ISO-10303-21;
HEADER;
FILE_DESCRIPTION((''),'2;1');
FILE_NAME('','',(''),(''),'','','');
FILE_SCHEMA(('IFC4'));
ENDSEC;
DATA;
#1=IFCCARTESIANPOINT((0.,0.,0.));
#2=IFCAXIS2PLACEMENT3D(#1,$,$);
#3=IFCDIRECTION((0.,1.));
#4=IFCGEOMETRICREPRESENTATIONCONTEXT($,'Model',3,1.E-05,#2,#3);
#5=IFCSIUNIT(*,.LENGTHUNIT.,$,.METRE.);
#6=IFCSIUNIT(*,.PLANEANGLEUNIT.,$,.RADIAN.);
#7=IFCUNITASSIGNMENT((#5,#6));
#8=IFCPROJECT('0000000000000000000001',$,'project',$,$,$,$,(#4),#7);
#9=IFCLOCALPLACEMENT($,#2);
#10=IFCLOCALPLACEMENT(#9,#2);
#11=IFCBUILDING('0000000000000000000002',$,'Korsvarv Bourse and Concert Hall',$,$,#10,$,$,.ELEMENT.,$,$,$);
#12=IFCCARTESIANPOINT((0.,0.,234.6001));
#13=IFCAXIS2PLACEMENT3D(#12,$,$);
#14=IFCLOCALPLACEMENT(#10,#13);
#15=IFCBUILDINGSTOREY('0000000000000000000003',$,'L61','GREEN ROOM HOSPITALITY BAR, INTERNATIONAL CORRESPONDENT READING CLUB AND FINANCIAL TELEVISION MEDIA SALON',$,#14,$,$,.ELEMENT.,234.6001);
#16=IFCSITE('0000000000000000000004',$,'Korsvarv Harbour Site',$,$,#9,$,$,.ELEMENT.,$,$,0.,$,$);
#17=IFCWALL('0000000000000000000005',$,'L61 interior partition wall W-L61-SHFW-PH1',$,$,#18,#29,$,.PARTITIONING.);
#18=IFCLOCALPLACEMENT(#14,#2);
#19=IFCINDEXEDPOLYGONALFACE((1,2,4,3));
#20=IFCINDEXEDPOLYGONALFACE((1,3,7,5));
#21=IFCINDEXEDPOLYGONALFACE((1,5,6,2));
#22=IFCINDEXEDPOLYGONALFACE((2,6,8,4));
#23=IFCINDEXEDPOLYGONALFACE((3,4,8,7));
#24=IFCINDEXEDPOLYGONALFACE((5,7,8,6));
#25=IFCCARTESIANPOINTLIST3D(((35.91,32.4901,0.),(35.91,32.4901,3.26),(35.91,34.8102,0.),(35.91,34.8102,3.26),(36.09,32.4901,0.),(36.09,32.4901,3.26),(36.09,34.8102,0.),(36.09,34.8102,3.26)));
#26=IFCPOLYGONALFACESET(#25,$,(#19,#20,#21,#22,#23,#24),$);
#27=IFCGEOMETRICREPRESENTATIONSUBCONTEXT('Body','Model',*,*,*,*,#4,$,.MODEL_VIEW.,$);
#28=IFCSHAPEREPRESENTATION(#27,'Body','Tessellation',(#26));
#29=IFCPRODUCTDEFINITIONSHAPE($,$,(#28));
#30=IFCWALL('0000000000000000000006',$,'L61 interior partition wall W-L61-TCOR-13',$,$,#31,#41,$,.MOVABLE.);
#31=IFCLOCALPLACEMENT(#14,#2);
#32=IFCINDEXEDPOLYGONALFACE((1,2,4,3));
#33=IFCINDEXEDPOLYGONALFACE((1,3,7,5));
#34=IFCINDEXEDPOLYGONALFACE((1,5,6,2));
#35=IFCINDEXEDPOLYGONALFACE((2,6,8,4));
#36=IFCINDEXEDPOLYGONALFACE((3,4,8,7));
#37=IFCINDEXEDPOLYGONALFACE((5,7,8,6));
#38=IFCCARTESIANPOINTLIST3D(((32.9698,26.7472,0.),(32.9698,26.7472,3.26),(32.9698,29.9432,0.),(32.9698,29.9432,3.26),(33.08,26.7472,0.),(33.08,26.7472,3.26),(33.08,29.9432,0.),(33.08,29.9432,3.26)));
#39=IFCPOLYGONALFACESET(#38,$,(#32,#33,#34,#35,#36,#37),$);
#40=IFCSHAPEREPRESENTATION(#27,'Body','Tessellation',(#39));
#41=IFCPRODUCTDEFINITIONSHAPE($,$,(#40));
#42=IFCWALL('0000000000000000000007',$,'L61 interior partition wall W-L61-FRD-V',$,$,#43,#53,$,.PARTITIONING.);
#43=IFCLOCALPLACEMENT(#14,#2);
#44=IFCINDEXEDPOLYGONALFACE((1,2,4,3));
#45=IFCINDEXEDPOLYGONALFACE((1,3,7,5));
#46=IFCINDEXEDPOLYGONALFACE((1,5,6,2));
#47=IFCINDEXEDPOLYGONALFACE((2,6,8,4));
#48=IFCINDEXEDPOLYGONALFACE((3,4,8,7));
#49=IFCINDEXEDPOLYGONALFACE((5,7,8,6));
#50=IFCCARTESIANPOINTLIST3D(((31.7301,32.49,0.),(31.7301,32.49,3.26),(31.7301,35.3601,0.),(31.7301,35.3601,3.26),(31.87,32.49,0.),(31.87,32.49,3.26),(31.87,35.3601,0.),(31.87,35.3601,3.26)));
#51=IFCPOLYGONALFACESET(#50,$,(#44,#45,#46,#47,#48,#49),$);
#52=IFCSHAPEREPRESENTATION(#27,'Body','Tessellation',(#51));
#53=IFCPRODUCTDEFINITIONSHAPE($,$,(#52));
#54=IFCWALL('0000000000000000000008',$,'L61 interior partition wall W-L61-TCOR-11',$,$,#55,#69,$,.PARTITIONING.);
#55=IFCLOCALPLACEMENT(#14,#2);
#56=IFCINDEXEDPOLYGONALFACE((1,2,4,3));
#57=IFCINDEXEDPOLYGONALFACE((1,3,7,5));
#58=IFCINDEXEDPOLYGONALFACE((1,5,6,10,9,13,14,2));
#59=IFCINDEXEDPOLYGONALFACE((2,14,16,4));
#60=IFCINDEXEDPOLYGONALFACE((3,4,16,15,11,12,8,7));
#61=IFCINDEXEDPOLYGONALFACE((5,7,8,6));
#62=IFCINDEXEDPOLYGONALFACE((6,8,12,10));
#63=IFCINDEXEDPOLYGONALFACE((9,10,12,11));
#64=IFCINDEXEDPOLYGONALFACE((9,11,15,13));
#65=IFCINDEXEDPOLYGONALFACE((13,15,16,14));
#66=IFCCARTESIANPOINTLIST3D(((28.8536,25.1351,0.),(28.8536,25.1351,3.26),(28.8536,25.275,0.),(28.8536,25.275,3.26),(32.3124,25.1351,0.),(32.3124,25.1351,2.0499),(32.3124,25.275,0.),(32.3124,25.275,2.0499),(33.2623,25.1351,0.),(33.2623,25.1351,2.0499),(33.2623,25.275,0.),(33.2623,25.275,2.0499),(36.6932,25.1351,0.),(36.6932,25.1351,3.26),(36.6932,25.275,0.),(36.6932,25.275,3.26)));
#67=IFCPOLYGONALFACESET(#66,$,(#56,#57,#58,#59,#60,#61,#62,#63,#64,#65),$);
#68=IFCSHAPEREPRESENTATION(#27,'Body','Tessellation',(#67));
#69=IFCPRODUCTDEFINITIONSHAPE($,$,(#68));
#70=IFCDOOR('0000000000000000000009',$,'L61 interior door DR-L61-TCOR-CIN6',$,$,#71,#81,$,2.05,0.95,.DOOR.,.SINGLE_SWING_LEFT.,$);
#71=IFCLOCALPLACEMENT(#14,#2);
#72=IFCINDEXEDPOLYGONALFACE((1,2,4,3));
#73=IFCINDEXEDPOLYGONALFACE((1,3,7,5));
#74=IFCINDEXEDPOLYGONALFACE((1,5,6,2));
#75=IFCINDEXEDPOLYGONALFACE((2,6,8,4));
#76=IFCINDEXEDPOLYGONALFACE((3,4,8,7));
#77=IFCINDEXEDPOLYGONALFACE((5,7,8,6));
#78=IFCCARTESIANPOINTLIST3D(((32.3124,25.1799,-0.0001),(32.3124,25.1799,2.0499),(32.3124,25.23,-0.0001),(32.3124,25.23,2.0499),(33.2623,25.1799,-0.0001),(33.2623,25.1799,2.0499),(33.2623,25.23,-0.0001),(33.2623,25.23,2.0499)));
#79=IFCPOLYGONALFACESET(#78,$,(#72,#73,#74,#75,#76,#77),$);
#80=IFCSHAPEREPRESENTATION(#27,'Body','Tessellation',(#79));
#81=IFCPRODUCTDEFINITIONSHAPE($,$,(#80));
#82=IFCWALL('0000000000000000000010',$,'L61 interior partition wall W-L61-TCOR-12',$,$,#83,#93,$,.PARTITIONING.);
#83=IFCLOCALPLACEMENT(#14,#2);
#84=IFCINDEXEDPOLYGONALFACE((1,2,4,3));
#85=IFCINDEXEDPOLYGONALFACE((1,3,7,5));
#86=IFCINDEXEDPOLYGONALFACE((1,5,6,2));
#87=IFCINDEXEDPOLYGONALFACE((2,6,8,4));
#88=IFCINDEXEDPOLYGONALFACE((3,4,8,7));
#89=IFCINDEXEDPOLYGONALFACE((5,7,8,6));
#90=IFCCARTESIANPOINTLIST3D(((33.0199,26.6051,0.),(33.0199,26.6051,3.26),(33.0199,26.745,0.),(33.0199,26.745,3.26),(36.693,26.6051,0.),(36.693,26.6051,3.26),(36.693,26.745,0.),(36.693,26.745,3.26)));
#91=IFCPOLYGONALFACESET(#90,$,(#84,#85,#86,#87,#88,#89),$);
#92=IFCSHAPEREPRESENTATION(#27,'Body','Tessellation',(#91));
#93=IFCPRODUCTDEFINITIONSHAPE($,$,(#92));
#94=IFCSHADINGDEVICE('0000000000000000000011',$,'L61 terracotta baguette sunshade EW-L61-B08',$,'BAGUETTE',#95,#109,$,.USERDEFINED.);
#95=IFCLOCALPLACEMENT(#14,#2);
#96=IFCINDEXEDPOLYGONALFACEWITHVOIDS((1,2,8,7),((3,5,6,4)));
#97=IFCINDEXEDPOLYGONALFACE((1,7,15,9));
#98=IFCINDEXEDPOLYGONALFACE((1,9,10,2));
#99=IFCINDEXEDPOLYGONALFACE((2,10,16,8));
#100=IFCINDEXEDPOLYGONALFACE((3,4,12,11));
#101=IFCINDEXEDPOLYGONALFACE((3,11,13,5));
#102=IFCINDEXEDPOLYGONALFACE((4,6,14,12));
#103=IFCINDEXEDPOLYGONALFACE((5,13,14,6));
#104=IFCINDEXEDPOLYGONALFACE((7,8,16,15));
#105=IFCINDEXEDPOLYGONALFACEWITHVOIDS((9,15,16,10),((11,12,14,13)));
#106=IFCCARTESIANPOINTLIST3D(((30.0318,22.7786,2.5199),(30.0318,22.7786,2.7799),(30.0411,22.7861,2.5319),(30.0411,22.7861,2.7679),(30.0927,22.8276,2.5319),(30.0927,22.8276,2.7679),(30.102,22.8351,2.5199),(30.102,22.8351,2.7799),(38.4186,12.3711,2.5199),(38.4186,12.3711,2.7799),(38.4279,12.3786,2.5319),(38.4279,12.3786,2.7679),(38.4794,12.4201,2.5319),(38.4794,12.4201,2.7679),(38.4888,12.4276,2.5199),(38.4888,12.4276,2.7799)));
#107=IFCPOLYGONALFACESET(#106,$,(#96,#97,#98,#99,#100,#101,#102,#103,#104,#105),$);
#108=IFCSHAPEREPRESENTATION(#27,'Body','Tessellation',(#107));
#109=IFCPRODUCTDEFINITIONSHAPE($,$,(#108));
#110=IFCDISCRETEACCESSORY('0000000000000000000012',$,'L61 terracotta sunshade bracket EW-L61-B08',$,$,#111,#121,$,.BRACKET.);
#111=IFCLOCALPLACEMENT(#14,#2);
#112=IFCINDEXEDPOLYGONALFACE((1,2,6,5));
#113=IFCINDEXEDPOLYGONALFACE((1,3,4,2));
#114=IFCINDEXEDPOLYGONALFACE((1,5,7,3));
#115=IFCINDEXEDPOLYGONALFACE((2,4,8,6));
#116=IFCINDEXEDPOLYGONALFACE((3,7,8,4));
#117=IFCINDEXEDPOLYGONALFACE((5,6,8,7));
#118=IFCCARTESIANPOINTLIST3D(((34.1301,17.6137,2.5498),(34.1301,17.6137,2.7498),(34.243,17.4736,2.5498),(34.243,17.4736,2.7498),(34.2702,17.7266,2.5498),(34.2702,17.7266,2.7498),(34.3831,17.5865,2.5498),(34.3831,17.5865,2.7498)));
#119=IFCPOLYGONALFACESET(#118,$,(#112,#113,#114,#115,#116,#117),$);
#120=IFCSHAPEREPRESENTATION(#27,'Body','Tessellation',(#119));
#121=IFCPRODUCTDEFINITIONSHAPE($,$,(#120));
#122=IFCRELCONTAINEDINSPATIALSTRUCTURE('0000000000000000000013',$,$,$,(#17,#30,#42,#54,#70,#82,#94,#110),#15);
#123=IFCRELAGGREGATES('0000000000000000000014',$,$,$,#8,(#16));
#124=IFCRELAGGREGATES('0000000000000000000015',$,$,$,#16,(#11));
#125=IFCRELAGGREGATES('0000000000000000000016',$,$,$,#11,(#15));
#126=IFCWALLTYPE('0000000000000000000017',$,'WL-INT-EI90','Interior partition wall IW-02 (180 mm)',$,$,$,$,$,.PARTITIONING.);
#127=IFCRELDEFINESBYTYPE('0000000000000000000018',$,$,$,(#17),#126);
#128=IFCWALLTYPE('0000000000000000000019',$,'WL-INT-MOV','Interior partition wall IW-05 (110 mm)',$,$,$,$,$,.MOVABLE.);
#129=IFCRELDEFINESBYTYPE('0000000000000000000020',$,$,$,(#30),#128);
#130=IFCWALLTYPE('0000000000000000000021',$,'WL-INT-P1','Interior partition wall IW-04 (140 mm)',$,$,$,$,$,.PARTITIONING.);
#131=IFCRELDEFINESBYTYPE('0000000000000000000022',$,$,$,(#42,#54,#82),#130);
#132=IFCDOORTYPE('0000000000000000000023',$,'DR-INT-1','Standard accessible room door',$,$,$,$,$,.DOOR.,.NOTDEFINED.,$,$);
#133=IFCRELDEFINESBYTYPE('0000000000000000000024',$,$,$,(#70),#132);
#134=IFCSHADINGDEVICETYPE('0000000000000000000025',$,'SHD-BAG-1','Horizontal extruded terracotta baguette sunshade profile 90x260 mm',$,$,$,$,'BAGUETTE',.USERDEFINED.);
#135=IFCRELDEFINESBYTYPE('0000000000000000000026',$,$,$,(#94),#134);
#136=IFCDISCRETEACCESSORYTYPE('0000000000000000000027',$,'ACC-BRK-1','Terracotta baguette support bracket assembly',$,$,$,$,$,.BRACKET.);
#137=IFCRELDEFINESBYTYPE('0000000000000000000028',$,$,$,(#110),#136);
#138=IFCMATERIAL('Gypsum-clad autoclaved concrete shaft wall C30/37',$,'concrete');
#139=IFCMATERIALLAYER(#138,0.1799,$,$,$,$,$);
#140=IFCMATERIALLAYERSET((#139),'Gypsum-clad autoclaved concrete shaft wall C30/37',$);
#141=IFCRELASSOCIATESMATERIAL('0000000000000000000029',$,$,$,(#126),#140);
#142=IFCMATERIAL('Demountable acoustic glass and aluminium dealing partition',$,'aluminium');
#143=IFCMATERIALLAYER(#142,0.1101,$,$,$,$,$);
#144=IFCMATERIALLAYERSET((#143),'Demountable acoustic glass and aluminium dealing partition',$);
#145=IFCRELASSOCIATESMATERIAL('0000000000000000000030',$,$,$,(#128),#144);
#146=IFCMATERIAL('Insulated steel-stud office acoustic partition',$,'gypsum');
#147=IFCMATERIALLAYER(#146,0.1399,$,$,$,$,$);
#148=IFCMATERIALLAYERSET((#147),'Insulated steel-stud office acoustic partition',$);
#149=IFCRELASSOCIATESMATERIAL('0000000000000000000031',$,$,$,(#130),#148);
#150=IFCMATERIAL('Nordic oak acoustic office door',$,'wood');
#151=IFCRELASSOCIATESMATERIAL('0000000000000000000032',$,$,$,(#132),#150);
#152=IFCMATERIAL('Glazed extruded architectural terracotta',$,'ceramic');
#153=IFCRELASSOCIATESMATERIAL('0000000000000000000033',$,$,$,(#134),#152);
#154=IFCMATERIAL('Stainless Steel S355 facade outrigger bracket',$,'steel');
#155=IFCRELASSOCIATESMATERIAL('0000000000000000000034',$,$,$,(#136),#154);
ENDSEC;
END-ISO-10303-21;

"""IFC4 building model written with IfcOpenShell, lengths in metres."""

from ifc_helpers import new_model, si_unit, direction, frame, frame_2d, origin, origin_2d, place, context, subcontext, project, spatial, rectangle, hollow_rectangle, extrude, source, transform, mapped, material, layer, layer_set, material_profile, profile_set, type_object, element, fill, save


model = new_model("IFC4")

# Units and contexts
model_context = context("Model", 3, precision=1e-05, world=origin(), true_north=direction((0.0, 1.0)))
body_context = subcontext(model_context, "Body", "Model", "MODEL_VIEW")
ifc_project = project(units=[si_unit("LENGTHUNIT", "METRE"), si_unit("PLANEANGLEUNIT", "RADIAN")], contexts=[model_context])

# Site, building, storey
site_placement = place(None, origin())
site = spatial("IfcSite", under=ifc_project, at=site_placement, Name="Korsvarv Harbour Site", CompositionType="ELEMENT", RefElevation=0.0)
building_placement = place(site_placement, origin())
building = spatial("IfcBuilding", under=site, at=building_placement, Name="Korsvarv Bourse and Concert Hall", CompositionType="ELEMENT")
storey_placement = place(building_placement, frame((0.0, 0.0, 234.6001)))
storey = spatial("IfcBuildingStorey", under=building, at=storey_placement, Name="L61", Description="GREEN ROOM HOSPITALITY BAR, INTERNATIONAL CORRESPONDENT READING CLUB AND FINANCIAL TELEVISION MEDIA SALON", CompositionType="ELEMENT", Elevation=234.6001)

# Walls
ifc_material_1 = material(Name="Gypsum-clad autoclaved concrete shaft wall C30/37", Category="concrete")
ifc_layer_1 = layer(ifc_material_1, 0.1799)
ifc_layer_set_1 = layer_set([ifc_layer_1], Name="Gypsum-clad autoclaved concrete shaft wall C30/37")
wall_type_1 = type_object("IfcWallType", Name="WL-INT-EI90", Description="Interior partition wall IW-02 (180 mm)", PredefinedType="PARTITIONING", material=ifc_layer_set_1)
wall_1_placement = place(storey_placement, frame((36.0, 32.49, 0.0), z_axis=(0.0, 0.0, 1.0), x_axis=(0.0, 1.0, 0.0)))
element("IfcWall", 1, at=wall_1_placement, inside=storey, type_object=wall_type_1, Name="L61 interior partition wall W-L61-SHFW-PH1", PredefinedType="PARTITIONING", context=body_context, shape_type="SweptSolid", body=[
    extrude(rectangle(XDim=2.3201, YDim=0.1799, at=frame_2d((1.1602, 0.0))), origin(), (0.0, 0.0, 1.0), 3.26),
])
ifc_material_2 = material(Name="Demountable acoustic glass and aluminium dealing partition", Category="aluminium")
ifc_layer_2 = layer(ifc_material_2, 0.1101)
ifc_layer_set_2 = layer_set([ifc_layer_2], Name="Demountable acoustic glass and aluminium dealing partition")
wall_type_2 = type_object("IfcWallType", Name="WL-INT-MOV", Description="Interior partition wall IW-05 (110 mm)", PredefinedType="MOVABLE", material=ifc_layer_set_2)
wall_2_placement = place(storey_placement, frame((33.0249, 26.7471, 0.0), z_axis=(0.0, 0.0, 1.0), x_axis=(0.0, 1.0, 0.0)))
element("IfcWall", 2, at=wall_2_placement, inside=storey, type_object=wall_type_2, Name="L61 interior partition wall W-L61-TCOR-13", PredefinedType="MOVABLE", context=body_context, shape_type="SweptSolid", body=[
    extrude(rectangle(XDim=3.196, YDim=0.1101, at=frame_2d((1.5981, 0.0))), origin(), (0.0, 0.0, 1.0), 3.26),
])
ifc_material_3 = material(Name="Insulated steel-stud office acoustic partition", Category="gypsum")
ifc_layer_3 = layer(ifc_material_3, 0.1399)
ifc_layer_set_3 = layer_set([ifc_layer_3], Name="Insulated steel-stud office acoustic partition")
wall_type_3 = type_object("IfcWallType", Name="WL-INT-P1", Description="Interior partition wall IW-04 (140 mm)", PredefinedType="PARTITIONING", material=ifc_layer_set_3)
wall_3_placement = place(storey_placement, frame((31.8, 32.49, 0.0), z_axis=(0.0, 0.0, 1.0), x_axis=(0.0, 1.0, 0.0)))
element("IfcWall", 3, at=wall_3_placement, inside=storey, type_object=wall_type_3, Name="L61 interior partition wall W-L61-FRD-V", PredefinedType="PARTITIONING", context=body_context, shape_type="SweptSolid", body=[
    extrude(rectangle(XDim=2.8701, YDim=0.1399, at=frame_2d((1.4351, 0.0))), origin(), (0.0, 0.0, 1.0), 3.26),
])

# Wall, opening, door
wall_4_placement = place(storey_placement, frame((28.8535, 25.2051, 0.0), z_axis=(0.0, 0.0, 1.0), x_axis=(1.0, 0.0, 0.0)))
wall_4 = element("IfcWall", 4, at=wall_4_placement, inside=storey, type_object=wall_type_3, Name="L61 interior partition wall W-L61-TCOR-11", PredefinedType="PARTITIONING", context=body_context, shape_type="SweptSolid", body=[
    extrude(rectangle(XDim=7.8396, YDim=0.1399, at=frame_2d((3.9199, 0.0))), origin(), (0.0, 0.0, 1.0), 3.26),
])
opening_1_placement = place(wall_4_placement, frame((3.4587, 0.0, 0.0)))
opening_1 = element("IfcOpeningElement", 5, at=opening_1_placement, cuts=wall_4, PredefinedType="OPENING", context=body_context, shape_type="SweptSolid", body=[
    extrude(rectangle(XDim=0.95, YDim=2.05, at=frame_2d((0.4751, 1.0249))), frame((0.0, 0.0801, 0.0), z_axis=(0.0, -1.0, 0.0), x_axis=(1.0, 0.0, 0.0)), (0.0, 0.0, 1.0), 0.1599),
])
ifc_material_4 = material(Name="Nordic oak acoustic office door", Category="wood")
door_type_1 = type_object("IfcDoorType", Name="DR-INT-1", Description="Standard accessible room door", OperationType="NOTDEFINED", PredefinedType="DOOR", material=ifc_material_4)
door_1_placement = place(opening_1_placement, origin())
door_1 = element("IfcDoor", 6, at=door_1_placement, inside=storey, type_object=door_type_1, Name="L61 interior door DR-L61-TCOR-CIN6", OperationType="SINGLE_SWING_LEFT", OverallHeight=2.05, OverallWidth=0.95, PredefinedType="DOOR", context=body_context, shape_type="SweptSolid", body=[
    extrude(rectangle(XDim=0.95, YDim=2.05, at=frame_2d((0.4751, 1.0249))), frame((0.0, 0.0249, 0.0), z_axis=(0.0, -1.0, 0.0), x_axis=(1.0, 0.0, 0.0)), (0.0, 0.0, 1.0), 0.05),
])
fill(opening_1, door_1)

# Wall
wall_5_placement = place(storey_placement, frame((33.02, 26.675, 0.0), z_axis=(0.0, 0.0, 1.0), x_axis=(1.0, 0.0, 0.0)))
element("IfcWall", 7, at=wall_5_placement, inside=storey, type_object=wall_type_3, Name="L61 interior partition wall W-L61-TCOR-12", PredefinedType="PARTITIONING", context=body_context, shape_type="SweptSolid", body=[
    extrude(rectangle(XDim=3.6731, YDim=0.1399, at=frame_2d((1.8364, 0.0))), origin(), (0.0, 0.0, 1.0), 3.26),
])

# Shading device
ifc_material_5 = material(Name="Glazed extruded architectural terracotta", Category="ceramic")
ifc_material_profile_1 = material_profile(ifc_material_5, hollow_rectangle(XDim=0.0901, YDim=0.26, WallThickness=0.012, at=origin_2d()), Name="TC-BAG 90x260")
ifc_profile_set_1 = profile_set([ifc_material_profile_1], Name="Glazed extruded architectural terracotta")
shading_device_type = type_object("IfcShadingDeviceType", Name="SHD-BAG-1", Description="Horizontal extruded terracotta baguette sunshade profile 90x260 mm", ElementType="BAGUETTE", PredefinedType="USERDEFINED", material=ifc_profile_set_1)
shared_shape_1 = source(origin(), body_context, "Body", "SweptSolid", [
    extrude(hollow_rectangle(XDim=0.0901, YDim=0.26, WallThickness=0.012, at=origin_2d()), origin(), (0.0, 0.0, 1.0), 13.3662),
])
shading_device_placement = place(storey_placement, frame((30.0669, 22.8069, 2.6499), z_axis=(0.627462, -0.778647, 0.0), x_axis=(0.778647, 0.627462, 0.0)))
element("IfcShadingDevice", 8, at=shading_device_placement, inside=storey, type_object=shading_device_type, Name="L61 terracotta baguette sunshade EW-L61-B08", ObjectType="BAGUETTE", PredefinedType="USERDEFINED", context=body_context, shape_type="MappedRepresentation", body=[
    mapped(shared_shape_1, transform((0.0, 0.0, 0.0), scale=1.0)),
])

# Discrete accessory
ifc_material_6 = material(Name="Stainless Steel S355 facade outrigger bracket", Category="steel")
discrete_accessory_type = type_object("IfcDiscreteAccessoryType", Name="ACC-BRK-1", Description="Terracotta baguette support bracket assembly", PredefinedType="BRACKET", material=ifc_material_6)
shared_shape_2 = source(origin(), body_context, "Body", "SweptSolid", [
    extrude(rectangle(XDim=0.1799, YDim=0.1799, at=origin_2d()), origin(), (0.0, 0.0, 1.0), 0.2),
])
discrete_accessory_placement = place(storey_placement, frame((34.2566, 17.6001, 2.5498), z_axis=(0.0, 0.0, 1.0), x_axis=(0.62742, -0.778681, 0.0)))
element("IfcDiscreteAccessory", 9, at=discrete_accessory_placement, inside=storey, type_object=discrete_accessory_type, Name="L61 terracotta sunshade bracket EW-L61-B08", PredefinedType="BRACKET", context=body_context, shape_type="MappedRepresentation", body=[
    mapped(shared_shape_2, transform((0.0, 0.0, 0.0), scale=1.0)),
])

save(model, "model.ifc")
